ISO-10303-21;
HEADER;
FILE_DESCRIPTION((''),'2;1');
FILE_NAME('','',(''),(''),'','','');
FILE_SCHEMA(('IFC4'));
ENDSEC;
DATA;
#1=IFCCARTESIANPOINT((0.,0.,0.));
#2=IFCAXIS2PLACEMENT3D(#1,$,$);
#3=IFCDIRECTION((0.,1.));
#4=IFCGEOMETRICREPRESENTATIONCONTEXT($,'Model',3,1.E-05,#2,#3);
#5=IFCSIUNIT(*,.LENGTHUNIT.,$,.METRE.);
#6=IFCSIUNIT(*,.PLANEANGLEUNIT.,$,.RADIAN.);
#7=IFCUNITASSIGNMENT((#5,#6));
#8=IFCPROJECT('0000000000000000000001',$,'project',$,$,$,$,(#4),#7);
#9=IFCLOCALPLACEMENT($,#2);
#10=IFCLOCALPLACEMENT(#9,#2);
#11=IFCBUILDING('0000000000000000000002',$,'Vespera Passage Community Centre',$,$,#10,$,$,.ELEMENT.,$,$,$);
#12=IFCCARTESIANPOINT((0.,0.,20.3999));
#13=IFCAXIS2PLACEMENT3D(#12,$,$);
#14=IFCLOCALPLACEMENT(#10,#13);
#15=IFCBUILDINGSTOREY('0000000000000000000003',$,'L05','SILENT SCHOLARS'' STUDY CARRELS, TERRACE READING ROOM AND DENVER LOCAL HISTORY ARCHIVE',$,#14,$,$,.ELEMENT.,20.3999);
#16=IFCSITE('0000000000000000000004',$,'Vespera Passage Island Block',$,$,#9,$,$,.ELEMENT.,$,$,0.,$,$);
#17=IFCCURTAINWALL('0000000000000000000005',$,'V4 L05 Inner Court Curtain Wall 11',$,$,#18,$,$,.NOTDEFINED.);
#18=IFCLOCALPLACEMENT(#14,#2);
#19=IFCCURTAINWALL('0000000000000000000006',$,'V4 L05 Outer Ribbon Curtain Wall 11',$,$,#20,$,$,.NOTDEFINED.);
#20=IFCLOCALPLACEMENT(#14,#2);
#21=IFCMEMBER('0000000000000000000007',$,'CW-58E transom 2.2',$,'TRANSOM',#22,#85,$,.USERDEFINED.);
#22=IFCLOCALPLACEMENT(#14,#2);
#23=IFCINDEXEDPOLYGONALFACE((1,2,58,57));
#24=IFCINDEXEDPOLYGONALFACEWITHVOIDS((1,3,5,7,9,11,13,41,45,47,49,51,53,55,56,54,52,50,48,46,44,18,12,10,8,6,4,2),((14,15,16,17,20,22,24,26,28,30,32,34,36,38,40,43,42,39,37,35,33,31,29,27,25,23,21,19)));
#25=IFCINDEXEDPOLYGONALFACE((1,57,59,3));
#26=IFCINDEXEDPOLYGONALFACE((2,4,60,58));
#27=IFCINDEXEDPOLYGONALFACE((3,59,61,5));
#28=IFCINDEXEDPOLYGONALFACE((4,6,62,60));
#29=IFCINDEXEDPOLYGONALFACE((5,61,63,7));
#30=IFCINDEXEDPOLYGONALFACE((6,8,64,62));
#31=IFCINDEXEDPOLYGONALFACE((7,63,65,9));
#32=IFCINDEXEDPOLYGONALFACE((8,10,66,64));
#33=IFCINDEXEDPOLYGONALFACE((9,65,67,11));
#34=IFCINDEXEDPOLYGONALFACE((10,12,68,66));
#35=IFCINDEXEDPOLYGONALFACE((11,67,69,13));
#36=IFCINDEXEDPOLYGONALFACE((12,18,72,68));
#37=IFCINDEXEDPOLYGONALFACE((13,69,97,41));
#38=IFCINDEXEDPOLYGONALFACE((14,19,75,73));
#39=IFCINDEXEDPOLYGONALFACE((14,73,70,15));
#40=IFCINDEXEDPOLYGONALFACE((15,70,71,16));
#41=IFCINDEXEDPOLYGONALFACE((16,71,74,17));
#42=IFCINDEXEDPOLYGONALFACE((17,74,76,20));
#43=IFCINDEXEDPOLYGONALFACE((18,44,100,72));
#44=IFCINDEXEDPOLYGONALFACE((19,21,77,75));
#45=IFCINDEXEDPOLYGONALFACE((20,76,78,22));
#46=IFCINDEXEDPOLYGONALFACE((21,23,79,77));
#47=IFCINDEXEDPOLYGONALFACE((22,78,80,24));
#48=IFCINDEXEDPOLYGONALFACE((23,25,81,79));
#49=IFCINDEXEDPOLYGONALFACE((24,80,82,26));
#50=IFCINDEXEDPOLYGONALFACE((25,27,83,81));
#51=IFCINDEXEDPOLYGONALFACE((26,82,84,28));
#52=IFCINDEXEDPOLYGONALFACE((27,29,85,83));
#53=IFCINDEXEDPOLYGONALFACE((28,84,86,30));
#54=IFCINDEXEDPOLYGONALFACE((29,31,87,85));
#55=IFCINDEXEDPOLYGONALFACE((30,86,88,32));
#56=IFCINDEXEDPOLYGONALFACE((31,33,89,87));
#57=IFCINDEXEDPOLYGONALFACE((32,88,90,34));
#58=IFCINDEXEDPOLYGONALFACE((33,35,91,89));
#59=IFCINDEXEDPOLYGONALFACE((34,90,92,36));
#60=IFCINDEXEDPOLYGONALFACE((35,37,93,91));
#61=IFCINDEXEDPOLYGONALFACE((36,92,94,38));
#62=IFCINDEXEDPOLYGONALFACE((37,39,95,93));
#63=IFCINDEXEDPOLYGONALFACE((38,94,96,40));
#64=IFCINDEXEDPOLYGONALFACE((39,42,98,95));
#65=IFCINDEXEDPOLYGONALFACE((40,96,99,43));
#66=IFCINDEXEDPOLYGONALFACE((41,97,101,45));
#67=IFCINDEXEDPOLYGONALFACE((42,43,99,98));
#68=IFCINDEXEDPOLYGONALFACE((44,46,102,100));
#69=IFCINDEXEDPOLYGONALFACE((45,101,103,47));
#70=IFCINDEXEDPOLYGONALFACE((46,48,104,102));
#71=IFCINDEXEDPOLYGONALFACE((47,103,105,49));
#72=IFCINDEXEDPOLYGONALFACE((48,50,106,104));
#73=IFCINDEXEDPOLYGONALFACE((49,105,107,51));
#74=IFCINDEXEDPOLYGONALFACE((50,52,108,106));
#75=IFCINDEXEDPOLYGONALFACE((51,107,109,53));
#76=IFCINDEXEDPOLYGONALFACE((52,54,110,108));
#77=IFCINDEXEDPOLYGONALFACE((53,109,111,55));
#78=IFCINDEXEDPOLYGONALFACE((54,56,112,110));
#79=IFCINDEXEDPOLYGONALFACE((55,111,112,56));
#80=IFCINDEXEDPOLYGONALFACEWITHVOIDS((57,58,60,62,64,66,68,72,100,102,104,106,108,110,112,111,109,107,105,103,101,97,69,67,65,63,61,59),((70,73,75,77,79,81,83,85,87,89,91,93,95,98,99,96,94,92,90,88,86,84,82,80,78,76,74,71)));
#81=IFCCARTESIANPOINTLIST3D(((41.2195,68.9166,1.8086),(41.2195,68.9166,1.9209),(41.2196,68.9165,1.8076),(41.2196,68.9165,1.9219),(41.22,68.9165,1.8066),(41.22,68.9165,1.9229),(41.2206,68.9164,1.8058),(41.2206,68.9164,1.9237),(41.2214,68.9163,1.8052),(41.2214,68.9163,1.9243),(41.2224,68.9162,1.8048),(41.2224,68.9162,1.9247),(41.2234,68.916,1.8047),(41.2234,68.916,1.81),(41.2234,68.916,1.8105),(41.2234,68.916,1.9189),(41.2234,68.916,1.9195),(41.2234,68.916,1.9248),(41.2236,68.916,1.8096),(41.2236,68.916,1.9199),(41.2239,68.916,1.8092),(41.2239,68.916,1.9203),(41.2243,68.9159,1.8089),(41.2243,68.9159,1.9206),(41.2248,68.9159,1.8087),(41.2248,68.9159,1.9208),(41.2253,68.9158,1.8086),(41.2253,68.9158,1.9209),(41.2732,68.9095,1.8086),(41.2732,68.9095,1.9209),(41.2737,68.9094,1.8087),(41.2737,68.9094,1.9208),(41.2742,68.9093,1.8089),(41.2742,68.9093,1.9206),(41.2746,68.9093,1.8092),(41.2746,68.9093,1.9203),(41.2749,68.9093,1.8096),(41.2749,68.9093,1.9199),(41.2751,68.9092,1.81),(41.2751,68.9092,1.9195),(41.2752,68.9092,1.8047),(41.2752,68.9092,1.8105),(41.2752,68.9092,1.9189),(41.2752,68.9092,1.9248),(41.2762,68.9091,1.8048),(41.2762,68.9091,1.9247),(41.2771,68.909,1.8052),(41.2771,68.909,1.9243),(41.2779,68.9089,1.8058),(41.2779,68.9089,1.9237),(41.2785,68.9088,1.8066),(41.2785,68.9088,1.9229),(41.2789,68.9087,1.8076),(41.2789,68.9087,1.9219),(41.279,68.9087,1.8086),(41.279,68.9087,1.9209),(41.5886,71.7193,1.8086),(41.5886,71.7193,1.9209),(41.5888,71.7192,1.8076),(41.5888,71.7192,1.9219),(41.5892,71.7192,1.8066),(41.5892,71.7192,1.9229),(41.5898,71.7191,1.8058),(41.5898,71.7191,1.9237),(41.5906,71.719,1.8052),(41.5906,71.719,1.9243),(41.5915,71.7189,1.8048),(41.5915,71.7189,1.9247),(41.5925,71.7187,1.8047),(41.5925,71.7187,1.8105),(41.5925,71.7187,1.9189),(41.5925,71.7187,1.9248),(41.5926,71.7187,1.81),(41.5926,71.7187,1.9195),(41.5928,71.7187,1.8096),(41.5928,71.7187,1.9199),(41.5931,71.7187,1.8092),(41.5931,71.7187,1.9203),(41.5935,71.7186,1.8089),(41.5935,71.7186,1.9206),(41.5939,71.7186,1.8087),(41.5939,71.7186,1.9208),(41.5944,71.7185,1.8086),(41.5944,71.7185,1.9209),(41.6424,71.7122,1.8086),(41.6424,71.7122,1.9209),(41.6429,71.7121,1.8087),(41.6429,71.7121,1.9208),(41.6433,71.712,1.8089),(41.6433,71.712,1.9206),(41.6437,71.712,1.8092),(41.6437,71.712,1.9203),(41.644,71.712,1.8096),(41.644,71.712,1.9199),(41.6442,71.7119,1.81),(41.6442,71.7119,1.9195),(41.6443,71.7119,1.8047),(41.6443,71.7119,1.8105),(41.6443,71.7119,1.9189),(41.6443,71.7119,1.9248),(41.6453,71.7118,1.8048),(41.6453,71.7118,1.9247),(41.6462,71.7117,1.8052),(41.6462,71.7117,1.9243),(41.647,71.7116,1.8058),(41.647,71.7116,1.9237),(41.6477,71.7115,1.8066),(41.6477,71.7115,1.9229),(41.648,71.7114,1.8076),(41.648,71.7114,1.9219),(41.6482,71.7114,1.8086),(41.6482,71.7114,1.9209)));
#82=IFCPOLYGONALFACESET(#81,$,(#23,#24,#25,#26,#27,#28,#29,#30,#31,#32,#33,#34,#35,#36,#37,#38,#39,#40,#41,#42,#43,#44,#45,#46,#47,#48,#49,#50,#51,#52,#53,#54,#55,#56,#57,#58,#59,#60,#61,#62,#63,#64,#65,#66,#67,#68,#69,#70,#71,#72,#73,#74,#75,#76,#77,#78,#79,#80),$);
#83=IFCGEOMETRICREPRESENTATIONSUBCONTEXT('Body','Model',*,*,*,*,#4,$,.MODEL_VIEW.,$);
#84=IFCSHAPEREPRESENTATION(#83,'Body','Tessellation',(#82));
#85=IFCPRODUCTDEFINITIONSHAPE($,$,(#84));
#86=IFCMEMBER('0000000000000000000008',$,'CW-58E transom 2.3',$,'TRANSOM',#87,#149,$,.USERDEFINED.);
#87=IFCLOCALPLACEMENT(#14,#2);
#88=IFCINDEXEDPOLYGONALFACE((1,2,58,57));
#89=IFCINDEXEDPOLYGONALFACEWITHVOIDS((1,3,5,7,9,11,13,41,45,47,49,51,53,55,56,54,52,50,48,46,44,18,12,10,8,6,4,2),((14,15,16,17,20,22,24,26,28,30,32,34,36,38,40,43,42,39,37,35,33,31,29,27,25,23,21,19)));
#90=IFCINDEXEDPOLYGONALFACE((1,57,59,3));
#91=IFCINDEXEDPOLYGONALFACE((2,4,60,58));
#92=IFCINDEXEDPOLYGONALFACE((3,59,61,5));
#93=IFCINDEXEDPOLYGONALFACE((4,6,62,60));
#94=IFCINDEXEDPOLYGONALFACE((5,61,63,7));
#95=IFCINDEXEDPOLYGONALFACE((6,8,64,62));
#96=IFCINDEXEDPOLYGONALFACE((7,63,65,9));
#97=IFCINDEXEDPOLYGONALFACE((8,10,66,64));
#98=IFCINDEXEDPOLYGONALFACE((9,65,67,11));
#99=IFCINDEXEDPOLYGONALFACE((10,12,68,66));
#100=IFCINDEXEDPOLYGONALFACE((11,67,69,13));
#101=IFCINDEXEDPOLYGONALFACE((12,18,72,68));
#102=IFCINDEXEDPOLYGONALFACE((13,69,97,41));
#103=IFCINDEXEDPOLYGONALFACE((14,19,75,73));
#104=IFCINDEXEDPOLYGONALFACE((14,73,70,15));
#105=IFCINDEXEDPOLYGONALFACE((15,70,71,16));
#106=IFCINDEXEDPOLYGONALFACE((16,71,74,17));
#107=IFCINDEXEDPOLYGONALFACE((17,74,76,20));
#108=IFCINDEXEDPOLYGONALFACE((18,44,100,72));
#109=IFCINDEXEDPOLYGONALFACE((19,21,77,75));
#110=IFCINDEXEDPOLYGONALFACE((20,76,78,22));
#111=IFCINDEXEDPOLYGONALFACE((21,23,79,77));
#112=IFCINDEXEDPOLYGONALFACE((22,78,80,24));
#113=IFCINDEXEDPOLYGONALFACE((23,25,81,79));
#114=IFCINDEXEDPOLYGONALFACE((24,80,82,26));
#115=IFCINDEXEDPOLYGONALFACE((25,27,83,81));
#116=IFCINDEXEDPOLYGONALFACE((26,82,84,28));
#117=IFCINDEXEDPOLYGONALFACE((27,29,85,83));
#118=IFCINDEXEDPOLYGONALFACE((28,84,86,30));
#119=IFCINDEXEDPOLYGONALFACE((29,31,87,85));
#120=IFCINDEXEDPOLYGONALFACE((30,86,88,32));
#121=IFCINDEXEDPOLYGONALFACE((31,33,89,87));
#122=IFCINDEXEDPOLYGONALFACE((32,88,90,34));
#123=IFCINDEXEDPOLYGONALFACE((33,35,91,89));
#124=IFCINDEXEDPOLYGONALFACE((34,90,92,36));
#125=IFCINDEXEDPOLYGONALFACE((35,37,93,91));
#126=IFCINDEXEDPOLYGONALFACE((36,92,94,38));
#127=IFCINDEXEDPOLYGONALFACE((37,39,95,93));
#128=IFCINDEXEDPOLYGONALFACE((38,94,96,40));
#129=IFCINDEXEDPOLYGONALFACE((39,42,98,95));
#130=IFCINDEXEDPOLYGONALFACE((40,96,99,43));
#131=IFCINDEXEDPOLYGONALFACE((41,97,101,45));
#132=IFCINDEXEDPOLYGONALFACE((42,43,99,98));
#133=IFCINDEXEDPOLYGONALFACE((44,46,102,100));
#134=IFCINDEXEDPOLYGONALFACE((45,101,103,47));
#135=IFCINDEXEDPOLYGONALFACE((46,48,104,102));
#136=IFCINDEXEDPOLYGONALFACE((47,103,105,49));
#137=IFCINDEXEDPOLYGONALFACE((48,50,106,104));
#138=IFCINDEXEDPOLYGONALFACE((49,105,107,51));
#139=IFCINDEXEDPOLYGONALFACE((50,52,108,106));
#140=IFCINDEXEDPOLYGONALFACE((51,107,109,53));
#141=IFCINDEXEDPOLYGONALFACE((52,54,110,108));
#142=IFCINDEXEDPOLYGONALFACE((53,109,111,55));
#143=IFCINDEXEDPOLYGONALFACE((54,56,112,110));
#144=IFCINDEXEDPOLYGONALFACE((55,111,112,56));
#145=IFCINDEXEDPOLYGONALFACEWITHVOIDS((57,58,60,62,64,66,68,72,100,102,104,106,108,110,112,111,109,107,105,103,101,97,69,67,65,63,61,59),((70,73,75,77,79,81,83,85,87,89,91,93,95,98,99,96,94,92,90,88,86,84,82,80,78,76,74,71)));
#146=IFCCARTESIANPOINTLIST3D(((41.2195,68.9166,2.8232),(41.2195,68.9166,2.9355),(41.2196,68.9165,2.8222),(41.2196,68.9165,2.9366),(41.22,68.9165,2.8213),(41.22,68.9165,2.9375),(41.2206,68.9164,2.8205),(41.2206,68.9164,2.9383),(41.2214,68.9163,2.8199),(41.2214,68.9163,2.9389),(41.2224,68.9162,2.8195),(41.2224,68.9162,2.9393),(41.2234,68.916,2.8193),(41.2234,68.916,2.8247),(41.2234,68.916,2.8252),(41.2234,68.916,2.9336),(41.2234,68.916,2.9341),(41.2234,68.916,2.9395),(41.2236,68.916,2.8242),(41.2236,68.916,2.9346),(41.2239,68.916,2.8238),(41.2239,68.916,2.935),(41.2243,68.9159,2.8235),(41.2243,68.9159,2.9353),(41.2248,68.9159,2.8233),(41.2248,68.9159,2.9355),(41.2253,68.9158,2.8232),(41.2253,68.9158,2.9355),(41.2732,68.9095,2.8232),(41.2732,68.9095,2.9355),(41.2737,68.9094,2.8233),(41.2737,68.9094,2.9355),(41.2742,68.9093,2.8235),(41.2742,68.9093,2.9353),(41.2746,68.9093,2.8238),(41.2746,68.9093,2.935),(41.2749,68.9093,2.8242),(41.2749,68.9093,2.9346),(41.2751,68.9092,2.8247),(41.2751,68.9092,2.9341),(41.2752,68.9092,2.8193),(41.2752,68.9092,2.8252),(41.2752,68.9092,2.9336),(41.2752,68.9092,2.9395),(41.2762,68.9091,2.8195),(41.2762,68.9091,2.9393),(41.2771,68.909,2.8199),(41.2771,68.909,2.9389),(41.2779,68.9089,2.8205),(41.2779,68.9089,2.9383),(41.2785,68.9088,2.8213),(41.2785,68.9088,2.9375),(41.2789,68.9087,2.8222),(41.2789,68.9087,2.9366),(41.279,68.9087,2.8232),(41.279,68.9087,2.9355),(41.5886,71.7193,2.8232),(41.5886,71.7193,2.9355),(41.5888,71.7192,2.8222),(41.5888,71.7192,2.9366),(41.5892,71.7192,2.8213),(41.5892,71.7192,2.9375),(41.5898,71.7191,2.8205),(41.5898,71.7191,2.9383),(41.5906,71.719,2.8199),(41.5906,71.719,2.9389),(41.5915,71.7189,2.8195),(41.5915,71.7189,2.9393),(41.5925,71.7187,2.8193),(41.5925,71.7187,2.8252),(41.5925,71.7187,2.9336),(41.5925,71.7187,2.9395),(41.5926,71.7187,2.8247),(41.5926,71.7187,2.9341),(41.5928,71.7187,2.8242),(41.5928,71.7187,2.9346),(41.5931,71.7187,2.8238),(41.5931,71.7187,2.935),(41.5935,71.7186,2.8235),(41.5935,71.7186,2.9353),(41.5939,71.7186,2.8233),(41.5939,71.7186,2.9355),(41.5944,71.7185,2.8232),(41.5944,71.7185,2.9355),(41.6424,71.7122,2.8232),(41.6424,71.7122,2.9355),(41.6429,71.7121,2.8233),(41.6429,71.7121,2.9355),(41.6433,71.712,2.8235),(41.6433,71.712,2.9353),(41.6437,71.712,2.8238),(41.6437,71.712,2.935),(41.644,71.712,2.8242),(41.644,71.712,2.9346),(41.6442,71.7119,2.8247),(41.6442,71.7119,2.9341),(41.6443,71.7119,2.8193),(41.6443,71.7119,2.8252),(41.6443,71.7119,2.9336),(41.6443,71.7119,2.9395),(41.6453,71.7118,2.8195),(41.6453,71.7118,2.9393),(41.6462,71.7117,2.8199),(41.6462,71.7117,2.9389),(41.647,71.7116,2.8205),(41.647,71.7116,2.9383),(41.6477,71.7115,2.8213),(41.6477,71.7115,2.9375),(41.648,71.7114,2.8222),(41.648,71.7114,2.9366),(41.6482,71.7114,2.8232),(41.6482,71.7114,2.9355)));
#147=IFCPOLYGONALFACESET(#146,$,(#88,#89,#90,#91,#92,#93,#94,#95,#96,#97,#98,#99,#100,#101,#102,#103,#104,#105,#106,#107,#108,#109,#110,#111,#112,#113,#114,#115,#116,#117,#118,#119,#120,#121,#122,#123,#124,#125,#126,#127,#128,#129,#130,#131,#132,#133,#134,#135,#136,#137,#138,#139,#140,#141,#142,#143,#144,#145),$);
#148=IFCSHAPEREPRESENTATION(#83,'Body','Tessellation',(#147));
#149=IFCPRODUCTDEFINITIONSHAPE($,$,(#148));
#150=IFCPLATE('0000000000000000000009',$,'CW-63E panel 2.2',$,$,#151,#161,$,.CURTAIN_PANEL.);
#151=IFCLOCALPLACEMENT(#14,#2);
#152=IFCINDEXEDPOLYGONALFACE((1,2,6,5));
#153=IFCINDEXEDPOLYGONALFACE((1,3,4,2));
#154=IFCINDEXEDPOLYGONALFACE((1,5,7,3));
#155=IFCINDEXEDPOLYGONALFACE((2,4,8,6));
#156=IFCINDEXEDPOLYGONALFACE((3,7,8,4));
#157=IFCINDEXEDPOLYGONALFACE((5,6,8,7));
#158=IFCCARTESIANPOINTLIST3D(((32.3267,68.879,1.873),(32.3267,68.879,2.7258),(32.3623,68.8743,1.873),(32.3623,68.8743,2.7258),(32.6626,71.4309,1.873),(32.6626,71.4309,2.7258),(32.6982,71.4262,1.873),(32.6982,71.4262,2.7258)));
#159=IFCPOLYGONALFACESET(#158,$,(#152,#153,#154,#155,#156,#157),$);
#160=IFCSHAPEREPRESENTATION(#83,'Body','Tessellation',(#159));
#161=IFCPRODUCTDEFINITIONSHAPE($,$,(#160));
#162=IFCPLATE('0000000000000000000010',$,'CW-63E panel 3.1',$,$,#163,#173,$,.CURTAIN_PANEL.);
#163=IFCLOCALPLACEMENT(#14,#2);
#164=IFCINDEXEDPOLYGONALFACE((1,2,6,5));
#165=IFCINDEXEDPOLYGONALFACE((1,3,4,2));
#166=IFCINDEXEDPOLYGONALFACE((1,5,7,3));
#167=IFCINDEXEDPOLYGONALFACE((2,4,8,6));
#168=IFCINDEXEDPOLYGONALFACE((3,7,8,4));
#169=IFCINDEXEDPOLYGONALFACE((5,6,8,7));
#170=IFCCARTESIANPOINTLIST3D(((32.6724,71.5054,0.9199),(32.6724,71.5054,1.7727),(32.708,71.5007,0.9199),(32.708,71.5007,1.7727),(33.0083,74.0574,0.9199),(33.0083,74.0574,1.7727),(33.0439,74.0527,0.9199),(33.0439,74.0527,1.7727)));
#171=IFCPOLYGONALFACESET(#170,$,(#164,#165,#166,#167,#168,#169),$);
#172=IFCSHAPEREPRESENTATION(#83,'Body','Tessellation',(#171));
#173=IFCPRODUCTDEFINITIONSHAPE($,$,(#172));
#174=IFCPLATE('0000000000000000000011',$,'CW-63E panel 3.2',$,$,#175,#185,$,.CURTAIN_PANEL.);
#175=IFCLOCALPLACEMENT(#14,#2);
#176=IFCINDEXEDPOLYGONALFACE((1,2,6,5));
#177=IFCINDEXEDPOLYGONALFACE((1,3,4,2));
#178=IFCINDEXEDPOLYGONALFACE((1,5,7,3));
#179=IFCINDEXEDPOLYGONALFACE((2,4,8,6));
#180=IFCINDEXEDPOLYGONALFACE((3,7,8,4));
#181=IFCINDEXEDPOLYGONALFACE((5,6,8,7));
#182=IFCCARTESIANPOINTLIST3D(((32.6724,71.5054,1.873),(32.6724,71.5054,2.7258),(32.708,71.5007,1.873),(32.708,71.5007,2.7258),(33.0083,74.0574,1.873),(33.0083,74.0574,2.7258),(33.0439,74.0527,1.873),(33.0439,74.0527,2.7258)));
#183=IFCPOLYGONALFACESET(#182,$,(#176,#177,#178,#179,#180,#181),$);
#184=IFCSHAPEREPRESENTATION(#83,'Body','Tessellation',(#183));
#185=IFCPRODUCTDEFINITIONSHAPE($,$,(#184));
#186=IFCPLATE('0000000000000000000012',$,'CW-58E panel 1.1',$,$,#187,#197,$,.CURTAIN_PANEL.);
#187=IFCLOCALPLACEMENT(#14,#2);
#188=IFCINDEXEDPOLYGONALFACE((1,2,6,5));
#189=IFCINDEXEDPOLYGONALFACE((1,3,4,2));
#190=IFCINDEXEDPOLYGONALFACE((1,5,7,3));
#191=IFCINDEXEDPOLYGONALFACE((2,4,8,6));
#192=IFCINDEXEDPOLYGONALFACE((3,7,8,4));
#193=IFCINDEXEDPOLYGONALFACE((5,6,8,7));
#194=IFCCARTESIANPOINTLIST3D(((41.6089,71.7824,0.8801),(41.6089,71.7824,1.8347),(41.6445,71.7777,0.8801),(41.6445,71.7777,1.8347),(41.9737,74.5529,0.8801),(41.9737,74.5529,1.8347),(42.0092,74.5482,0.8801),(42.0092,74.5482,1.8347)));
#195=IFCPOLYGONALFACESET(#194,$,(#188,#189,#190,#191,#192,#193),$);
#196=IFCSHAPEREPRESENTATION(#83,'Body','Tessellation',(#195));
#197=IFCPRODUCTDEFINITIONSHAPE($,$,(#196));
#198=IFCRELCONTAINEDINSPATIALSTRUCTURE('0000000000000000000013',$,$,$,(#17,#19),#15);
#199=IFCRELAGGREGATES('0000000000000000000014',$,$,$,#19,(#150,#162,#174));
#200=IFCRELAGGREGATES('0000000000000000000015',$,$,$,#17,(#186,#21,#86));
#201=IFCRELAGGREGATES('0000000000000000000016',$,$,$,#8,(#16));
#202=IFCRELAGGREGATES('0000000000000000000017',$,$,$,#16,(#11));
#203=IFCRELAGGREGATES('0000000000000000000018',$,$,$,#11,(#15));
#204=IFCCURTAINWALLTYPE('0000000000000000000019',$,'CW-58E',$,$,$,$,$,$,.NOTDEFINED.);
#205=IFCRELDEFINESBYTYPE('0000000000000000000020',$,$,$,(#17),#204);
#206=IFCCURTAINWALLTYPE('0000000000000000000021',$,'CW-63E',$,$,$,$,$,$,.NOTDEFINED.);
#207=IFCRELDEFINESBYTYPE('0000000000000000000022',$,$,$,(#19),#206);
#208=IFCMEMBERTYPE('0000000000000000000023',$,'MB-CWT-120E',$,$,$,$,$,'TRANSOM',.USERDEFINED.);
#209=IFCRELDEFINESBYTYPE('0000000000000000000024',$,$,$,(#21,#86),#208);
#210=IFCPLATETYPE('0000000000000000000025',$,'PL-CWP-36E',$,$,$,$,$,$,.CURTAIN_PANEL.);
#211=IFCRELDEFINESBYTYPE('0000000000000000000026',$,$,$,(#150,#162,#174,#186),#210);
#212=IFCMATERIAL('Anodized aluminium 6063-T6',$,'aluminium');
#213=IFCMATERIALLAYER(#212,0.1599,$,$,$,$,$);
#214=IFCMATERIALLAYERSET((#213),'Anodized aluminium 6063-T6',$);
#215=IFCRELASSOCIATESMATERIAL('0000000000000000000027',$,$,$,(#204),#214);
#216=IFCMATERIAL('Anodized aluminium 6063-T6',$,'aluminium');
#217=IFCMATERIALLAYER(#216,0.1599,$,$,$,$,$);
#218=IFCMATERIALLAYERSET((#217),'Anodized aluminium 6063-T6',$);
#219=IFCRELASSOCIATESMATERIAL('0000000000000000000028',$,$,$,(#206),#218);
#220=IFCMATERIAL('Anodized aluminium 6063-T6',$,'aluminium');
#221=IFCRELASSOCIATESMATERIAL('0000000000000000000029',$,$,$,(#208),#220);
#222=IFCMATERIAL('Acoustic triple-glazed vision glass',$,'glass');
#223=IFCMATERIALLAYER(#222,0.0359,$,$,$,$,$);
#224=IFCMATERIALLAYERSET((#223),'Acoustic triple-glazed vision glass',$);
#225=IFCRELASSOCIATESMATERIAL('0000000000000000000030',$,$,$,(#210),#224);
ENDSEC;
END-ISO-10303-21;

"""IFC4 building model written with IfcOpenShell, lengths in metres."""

from ifc_helpers import new_model, si_unit, direction, frame, origin, origin_2d, place, context, subcontext, project, spatial, rectangle, hollow_rectangle, extrude, material, layer, layer_set, material_profile, profile_set, type_object, element, aggregate, save


model = new_model("IFC4")

# Units and contexts
model_context = context("Model", 3, precision=1e-05, world=origin(), true_north=direction((0.0, 1.0)))
body_context = subcontext(model_context, "Body", "Model", "MODEL_VIEW")
ifc_project = project(units=[si_unit("LENGTHUNIT", "METRE"), si_unit("PLANEANGLEUNIT", "RADIAN")], contexts=[model_context])

# Site, building, storey
site_placement = place(None, origin())
site = spatial("IfcSite", under=ifc_project, at=site_placement, Name="Vespera Passage Island Block", CompositionType="ELEMENT", RefElevation=0.0)
building_placement = place(site_placement, origin())
building = spatial("IfcBuilding", under=site, at=building_placement, Name="Vespera Passage Community Centre", CompositionType="ELEMENT")
storey_placement = place(building_placement, frame((0.0, 0.0, 20.3999)))
storey = spatial("IfcBuildingStorey", under=building, at=storey_placement, Name="L05", Description="SILENT SCHOLARS' STUDY CARRELS, TERRACE READING ROOM AND DENVER LOCAL HISTORY ARCHIVE", CompositionType="ELEMENT", Elevation=20.3999)

# Curtain walls
ifc_material_1 = material(Name="Anodized aluminium 6063-T6", Category="aluminium")
ifc_layer_1 = layer(ifc_material_1, 0.1599)
ifc_layer_set_1 = layer_set([ifc_layer_1], Name="Anodized aluminium 6063-T6")
curtain_wall_type_1 = type_object("IfcCurtainWallType", Name="CW-58E", PredefinedType="NOTDEFINED", material=ifc_layer_set_1)
curtain_wall_1_placement = place(storey_placement, origin())
curtain_wall_1 = element("IfcCurtainWall", 1, at=curtain_wall_1_placement, inside=storey, type_object=curtain_wall_type_1, Name="V4 L05 Inner Court Curtain Wall 11", PredefinedType="NOTDEFINED")
ifc_material_2 = material(Name="Anodized aluminium 6063-T6", Category="aluminium")
ifc_layer_2 = layer(ifc_material_2, 0.1599)
ifc_layer_set_2 = layer_set([ifc_layer_2], Name="Anodized aluminium 6063-T6")
curtain_wall_type_2 = type_object("IfcCurtainWallType", Name="CW-63E", PredefinedType="NOTDEFINED", material=ifc_layer_set_2)
curtain_wall_2_placement = place(storey_placement, origin())
curtain_wall_2 = element("IfcCurtainWall", 2, at=curtain_wall_2_placement, inside=storey, type_object=curtain_wall_type_2, Name="V4 L05 Outer Ribbon Curtain Wall 11", PredefinedType="NOTDEFINED")

# Members
ifc_material_3 = material(Name="Anodized aluminium 6063-T6", Category="aluminium")
ifc_material_profile_1 = material_profile(ifc_material_3, hollow_rectangle(XDim=0.0601, YDim=0.1201, WallThickness=0.0039, InnerFilletRadius=0.002, OuterFilletRadius=0.0039, at=origin_2d()), Name="ALU120X60X4")
ifc_profile_set_1 = profile_set([ifc_material_profile_1], Name="Anodized aluminium 6063-T6")
member_type_1 = type_object("IfcMemberType", Name="MB-CWT-120E", ElementType="TRANSOM", PredefinedType="USERDEFINED", material=ifc_profile_set_1)
member_1_placement = place(storey_placement, frame((41.6184, 71.7153, 1.8647), z_axis=(-0.13058, -0.991438, 0.0), x_axis=(0.991438, -0.13058, 0.0)))
member_1 = element("IfcMember", 3, at=member_1_placement, type_object=member_type_1, Name="CW-58E transom 2.2", ObjectType="TRANSOM", PredefinedType="USERDEFINED", context=body_context, shape_type="SweptSolid", body=[
    extrude(hollow_rectangle(XDim=0.0601, YDim=0.1201, WallThickness=0.0039, InnerFilletRadius=0.002, OuterFilletRadius=0.0039, at=origin_2d()), origin(), (0.0, 0.0, 1.0), 2.8269),
])
member_2_placement = place(storey_placement, frame((41.6184, 71.7153, 2.8794), z_axis=(-0.13058, -0.991438, 0.0), x_axis=(0.991438, -0.13058, 0.0)))
member_2 = element("IfcMember", 4, at=member_2_placement, type_object=member_type_1, Name="CW-58E transom 2.3", ObjectType="TRANSOM", PredefinedType="USERDEFINED", context=body_context, shape_type="SweptSolid", body=[
    extrude(hollow_rectangle(XDim=0.0601, YDim=0.1201, WallThickness=0.0039, InnerFilletRadius=0.002, OuterFilletRadius=0.0039, at=origin_2d()), origin(), (0.0, 0.0, 1.0), 2.8269),
])

# Plates
ifc_material_4 = material(Name="Acoustic triple-glazed vision glass", Category="glass")
ifc_layer_3 = layer(ifc_material_4, 0.0359)
ifc_layer_set_3 = layer_set([ifc_layer_3], Name="Acoustic triple-glazed vision glass")
plate_type = type_object("IfcPlateType", Name="PL-CWP-36E", PredefinedType="CURTAIN_PANEL", material=ifc_layer_set_3)
plate_1_placement = place(storey_placement, frame((32.5125, 70.1526, 1.873), z_axis=(0.0, 0.0, 1.0), x_axis=(0.130523, 0.991445, 0.0)))
plate_1 = element("IfcPlate", 5, at=plate_1_placement, type_object=plate_type, Name="CW-63E panel 2.2", PredefinedType="CURTAIN_PANEL", context=body_context, shape_type="SweptSolid", body=[
    extrude(rectangle(XDim=2.574, YDim=0.0359, at=origin_2d()), origin(), (0.0, 0.0, 1.0), 0.8528),
])
plate_2_placement = place(storey_placement, frame((32.8582, 72.7791, 0.9199), z_axis=(0.0, 0.0, 1.0), x_axis=(0.130523, 0.991445, 0.0)))
plate_2 = element("IfcPlate", 6, at=plate_2_placement, type_object=plate_type, Name="CW-63E panel 3.1", PredefinedType="CURTAIN_PANEL", context=body_context, shape_type="SweptSolid", body=[
    extrude(rectangle(XDim=2.574, YDim=0.0359, at=origin_2d()), origin(), (0.0, 0.0, 1.0), 0.8528),
])
plate_3_placement = place(storey_placement, frame((32.8582, 72.7791, 1.873), z_axis=(0.0, 0.0, 1.0), x_axis=(0.130523, 0.991445, 0.0)))
plate_3 = element("IfcPlate", 7, at=plate_3_placement, type_object=plate_type, Name="CW-63E panel 3.2", PredefinedType="CURTAIN_PANEL", context=body_context, shape_type="SweptSolid", body=[
    extrude(rectangle(XDim=2.574, YDim=0.0359, at=origin_2d()), origin(), (0.0, 0.0, 1.0), 0.8528),
])
aggregate(curtain_wall_2, [plate_1, plate_2, plate_3])
plate_4_placement = place(storey_placement, frame((41.8091, 73.1653, 0.8801), z_axis=(0.0, 0.0, 1.0), x_axis=(-0.130522, -0.991445, 0.0)))
plate_4 = element("IfcPlate", 8, at=plate_4_placement, type_object=plate_type, Name="CW-58E panel 1.1", PredefinedType="CURTAIN_PANEL", context=body_context, shape_type="SweptSolid", body=[
    extrude(rectangle(XDim=2.7944, YDim=0.0359, at=origin_2d()), origin(), (0.0, 0.0, 1.0), 0.9546),
])
aggregate(curtain_wall_1, [plate_4, member_1, member_2])

save(model, "model.ifc")
